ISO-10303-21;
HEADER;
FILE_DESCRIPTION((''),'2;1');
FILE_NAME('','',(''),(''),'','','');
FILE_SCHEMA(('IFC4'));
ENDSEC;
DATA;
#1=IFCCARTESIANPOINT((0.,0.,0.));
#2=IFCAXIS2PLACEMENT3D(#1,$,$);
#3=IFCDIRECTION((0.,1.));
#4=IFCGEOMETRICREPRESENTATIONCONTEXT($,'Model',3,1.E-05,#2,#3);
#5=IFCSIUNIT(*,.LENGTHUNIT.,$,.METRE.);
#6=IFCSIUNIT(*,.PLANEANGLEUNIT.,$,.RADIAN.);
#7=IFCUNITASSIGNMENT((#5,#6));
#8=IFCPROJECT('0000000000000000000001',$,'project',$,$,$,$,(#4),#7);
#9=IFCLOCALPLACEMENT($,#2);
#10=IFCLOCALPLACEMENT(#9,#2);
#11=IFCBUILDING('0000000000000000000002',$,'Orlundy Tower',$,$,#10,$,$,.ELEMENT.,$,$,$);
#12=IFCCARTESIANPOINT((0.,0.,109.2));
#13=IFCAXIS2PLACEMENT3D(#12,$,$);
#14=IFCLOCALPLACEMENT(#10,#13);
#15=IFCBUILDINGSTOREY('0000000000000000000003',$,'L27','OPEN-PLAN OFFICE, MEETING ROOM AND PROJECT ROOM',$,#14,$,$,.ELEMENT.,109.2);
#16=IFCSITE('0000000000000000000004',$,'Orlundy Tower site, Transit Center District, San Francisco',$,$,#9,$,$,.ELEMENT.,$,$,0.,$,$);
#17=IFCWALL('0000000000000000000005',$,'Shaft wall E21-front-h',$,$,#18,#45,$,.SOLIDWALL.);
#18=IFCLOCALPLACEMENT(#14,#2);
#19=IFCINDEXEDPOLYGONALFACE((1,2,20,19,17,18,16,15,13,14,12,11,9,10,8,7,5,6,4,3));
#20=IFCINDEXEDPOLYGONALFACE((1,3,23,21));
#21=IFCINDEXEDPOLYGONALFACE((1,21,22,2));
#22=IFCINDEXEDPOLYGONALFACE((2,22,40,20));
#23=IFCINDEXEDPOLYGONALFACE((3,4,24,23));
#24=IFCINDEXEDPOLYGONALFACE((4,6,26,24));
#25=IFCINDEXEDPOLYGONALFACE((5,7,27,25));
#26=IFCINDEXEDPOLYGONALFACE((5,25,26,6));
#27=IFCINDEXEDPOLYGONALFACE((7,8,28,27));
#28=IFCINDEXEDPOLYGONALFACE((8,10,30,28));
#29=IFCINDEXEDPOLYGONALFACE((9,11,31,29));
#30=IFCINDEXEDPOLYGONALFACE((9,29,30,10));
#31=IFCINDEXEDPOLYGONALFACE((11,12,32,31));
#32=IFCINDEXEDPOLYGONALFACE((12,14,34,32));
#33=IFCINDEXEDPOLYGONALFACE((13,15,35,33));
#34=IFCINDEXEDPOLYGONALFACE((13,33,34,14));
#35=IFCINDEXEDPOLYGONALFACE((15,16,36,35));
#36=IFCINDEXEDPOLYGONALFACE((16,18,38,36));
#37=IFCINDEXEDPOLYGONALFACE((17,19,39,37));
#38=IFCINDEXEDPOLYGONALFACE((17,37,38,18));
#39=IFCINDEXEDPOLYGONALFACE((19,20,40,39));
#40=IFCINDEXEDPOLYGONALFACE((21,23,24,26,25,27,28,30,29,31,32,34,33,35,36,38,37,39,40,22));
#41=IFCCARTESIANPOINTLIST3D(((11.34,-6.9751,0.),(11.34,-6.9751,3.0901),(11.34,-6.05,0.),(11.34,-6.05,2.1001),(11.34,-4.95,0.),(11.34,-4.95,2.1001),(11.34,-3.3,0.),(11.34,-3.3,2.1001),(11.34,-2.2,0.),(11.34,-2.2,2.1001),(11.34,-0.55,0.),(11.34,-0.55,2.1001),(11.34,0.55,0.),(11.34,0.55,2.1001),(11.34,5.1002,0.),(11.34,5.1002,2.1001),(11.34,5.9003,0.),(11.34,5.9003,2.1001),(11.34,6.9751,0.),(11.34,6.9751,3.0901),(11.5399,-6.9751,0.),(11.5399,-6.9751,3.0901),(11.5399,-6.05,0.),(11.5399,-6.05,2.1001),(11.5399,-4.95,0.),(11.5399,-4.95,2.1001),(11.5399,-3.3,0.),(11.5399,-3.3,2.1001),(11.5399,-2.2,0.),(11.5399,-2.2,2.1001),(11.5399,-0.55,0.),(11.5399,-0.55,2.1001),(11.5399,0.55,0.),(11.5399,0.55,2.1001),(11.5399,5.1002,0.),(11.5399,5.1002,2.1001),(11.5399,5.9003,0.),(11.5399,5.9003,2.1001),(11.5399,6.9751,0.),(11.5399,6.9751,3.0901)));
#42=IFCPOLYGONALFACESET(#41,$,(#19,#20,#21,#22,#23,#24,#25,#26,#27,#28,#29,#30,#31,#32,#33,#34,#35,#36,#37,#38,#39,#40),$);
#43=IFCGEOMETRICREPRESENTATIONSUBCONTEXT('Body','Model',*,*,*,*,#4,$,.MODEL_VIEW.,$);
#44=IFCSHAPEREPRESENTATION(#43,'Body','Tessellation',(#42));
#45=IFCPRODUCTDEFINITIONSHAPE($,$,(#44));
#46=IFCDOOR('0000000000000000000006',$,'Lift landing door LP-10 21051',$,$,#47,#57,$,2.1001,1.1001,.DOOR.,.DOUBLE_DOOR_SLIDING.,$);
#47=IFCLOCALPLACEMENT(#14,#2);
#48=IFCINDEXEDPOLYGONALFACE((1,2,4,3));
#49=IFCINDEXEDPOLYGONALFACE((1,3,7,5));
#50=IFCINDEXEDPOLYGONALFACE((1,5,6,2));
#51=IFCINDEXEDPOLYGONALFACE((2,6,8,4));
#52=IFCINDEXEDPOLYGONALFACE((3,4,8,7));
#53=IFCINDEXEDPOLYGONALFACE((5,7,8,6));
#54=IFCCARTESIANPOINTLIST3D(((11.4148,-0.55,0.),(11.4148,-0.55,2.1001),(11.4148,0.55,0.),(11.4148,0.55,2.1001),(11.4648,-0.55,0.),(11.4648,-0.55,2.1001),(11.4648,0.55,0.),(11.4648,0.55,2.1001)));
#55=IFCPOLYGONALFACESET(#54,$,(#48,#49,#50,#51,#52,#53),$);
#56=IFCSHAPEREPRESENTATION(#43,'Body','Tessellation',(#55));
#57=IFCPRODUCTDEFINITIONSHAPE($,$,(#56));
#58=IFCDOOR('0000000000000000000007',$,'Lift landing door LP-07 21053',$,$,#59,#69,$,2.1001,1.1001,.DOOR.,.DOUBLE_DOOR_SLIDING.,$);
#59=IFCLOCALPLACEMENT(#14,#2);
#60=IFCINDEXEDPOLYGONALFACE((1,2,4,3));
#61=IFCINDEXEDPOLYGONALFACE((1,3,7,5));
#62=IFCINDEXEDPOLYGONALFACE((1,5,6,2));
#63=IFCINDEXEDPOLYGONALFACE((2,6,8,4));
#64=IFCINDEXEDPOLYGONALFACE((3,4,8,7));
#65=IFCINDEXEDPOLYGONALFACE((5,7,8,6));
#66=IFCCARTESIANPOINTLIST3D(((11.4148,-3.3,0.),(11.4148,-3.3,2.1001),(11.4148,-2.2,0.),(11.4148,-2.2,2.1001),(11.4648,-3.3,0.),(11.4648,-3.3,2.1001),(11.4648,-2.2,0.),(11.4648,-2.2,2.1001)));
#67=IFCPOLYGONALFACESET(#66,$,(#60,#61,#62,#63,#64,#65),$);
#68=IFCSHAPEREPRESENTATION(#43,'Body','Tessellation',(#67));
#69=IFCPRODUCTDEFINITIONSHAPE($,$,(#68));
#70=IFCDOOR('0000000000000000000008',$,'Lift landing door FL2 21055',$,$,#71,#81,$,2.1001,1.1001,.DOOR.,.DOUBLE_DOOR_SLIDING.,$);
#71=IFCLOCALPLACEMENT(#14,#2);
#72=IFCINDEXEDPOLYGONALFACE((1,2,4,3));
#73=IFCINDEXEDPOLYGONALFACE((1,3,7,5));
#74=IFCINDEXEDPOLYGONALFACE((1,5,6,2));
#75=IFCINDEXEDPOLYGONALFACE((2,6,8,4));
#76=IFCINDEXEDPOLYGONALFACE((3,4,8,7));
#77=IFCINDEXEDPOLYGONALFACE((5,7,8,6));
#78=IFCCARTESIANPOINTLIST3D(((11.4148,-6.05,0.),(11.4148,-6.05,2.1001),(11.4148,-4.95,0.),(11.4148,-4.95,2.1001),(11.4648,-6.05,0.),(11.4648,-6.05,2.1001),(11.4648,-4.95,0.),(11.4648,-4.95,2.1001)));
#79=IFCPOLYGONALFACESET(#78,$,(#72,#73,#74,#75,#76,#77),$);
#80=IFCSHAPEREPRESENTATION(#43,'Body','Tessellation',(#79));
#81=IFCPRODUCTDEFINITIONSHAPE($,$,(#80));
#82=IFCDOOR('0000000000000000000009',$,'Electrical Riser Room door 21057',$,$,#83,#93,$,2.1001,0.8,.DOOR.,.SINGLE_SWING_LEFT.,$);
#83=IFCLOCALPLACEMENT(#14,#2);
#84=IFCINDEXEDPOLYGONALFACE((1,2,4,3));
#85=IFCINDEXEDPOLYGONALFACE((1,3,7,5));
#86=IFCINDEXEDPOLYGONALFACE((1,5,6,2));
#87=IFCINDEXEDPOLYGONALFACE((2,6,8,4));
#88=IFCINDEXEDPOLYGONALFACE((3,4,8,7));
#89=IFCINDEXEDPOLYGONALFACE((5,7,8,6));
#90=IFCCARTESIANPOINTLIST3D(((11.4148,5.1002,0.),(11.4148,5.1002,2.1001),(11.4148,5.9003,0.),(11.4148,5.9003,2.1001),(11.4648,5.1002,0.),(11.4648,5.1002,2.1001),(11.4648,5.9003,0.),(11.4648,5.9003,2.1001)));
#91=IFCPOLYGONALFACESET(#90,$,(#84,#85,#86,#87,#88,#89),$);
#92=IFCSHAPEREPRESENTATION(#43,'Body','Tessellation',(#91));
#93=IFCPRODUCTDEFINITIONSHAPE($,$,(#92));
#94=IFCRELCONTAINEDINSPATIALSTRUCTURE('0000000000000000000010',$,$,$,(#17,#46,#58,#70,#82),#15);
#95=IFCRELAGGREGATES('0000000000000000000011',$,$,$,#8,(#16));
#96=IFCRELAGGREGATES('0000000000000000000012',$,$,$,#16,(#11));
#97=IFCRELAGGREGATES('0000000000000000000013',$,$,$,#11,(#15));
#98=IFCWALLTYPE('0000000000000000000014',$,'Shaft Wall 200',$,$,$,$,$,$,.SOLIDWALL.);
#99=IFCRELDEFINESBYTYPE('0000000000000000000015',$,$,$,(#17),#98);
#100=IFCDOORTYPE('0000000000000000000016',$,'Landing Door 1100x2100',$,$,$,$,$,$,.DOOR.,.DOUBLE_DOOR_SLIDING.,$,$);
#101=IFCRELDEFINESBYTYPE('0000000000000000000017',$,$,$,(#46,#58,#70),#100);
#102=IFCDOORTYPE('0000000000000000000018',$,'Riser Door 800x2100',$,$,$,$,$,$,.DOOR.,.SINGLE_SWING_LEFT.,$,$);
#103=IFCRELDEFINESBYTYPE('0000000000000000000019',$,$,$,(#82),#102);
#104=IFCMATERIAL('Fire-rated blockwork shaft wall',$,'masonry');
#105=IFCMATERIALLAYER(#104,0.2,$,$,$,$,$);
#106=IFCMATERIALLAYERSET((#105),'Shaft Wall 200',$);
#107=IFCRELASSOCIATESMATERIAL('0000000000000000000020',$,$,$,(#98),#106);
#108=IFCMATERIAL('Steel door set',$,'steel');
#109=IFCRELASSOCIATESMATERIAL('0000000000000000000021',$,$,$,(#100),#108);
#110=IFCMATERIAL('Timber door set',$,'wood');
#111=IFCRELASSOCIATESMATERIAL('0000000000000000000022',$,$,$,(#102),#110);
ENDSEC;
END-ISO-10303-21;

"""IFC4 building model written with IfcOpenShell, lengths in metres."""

from ifc_helpers import new_model, si_unit, direction, frame, frame_2d, origin, place, context, subcontext, project, spatial, rectangle, extrude, material, layer, layer_set, type_object, element, fill, save


model = new_model("IFC4")

# Units and contexts
model_context = context("Model", 3, precision=1e-05, world=origin(), true_north=direction((0.0, 1.0)))
body_context = subcontext(model_context, "Body", "Model", "MODEL_VIEW")
ifc_project = project(units=[si_unit("LENGTHUNIT", "METRE"), si_unit("PLANEANGLEUNIT", "RADIAN")], contexts=[model_context])

# Site, building, storey
site_placement = place(None, origin())
site = spatial("IfcSite", under=ifc_project, at=site_placement, Name="Orlundy Tower site, Transit Center District, San Francisco", CompositionType="ELEMENT", RefElevation=0.0)
building_placement = place(site_placement, origin())
building = spatial("IfcBuilding", under=site, at=building_placement, Name="Orlundy Tower", CompositionType="ELEMENT")
storey_placement = place(building_placement, frame((0.0, 0.0, 109.2)))
storey = spatial("IfcBuildingStorey", under=building, at=storey_placement, Name="L27", Description="OPEN-PLAN OFFICE, MEETING ROOM AND PROJECT ROOM", CompositionType="ELEMENT", Elevation=109.2)

# Shared definitions
ifc_material_1 = material(Name="Fire-rated blockwork shaft wall", Category="masonry")
ifc_layer_1 = layer(ifc_material_1, 0.2)
ifc_layer_set_1 = layer_set([ifc_layer_1], Name="Shaft Wall 200")
wall_type_1 = type_object("IfcWallType", Name="Shaft Wall 200", PredefinedType="SOLIDWALL", material=ifc_layer_set_1)

# Wall, openings, doors
wall_1_placement = place(storey_placement, frame((11.4399, 6.9751, 0.0), z_axis=(0.0, 0.0, 1.0), x_axis=(0.0, -1.0, 0.0)))
wall_1 = element("IfcWall", 1, at=wall_1_placement, inside=storey, type_object=wall_type_1, Name="Shaft wall E21-front-h", PredefinedType="SOLIDWALL", context=body_context, shape_type="SweptSolid", body=[
    extrude(rectangle(XDim=13.9502, YDim=0.2, at=frame_2d((6.9751, 0.0))), origin(), (0.0, 0.0, 1.0), 3.0901),
])
opening_1_placement = place(wall_1_placement, frame((6.425, 0.0, 0.0)))
opening_1 = element("IfcOpeningElement", 2, at=opening_1_placement, cuts=wall_1, PredefinedType="OPENING", context=body_context, shape_type="SweptSolid", body=[
    extrude(rectangle(XDim=1.1001, YDim=2.1001, at=frame_2d((0.55, 1.05))), frame((0.0, 0.1101, 0.0), z_axis=(0.0, -1.0, 0.0), x_axis=(1.0, 0.0, 0.0)), (0.0, 0.0, 1.0), 0.2202),
])
opening_2_placement = place(wall_1_placement, frame((9.175, 0.0, 0.0)))
opening_2 = element("IfcOpeningElement", 3, at=opening_2_placement, cuts=wall_1, PredefinedType="OPENING", context=body_context, shape_type="SweptSolid", body=[
    extrude(rectangle(XDim=1.1001, YDim=2.1001, at=frame_2d((0.55, 1.05))), frame((0.0, 0.1101, 0.0), z_axis=(0.0, -1.0, 0.0), x_axis=(1.0, 0.0, 0.0)), (0.0, 0.0, 1.0), 0.2202),
])
opening_3_placement = place(wall_1_placement, frame((11.925, 0.0, 0.0)))
opening_3 = element("IfcOpeningElement", 4, at=opening_3_placement, cuts=wall_1, PredefinedType="OPENING", context=body_context, shape_type="SweptSolid", body=[
    extrude(rectangle(XDim=1.1001, YDim=2.1001, at=frame_2d((0.55, 1.05))), frame((0.0, 0.1101, 0.0), z_axis=(0.0, -1.0, 0.0), x_axis=(1.0, 0.0, 0.0)), (0.0, 0.0, 1.0), 0.2202),
])
opening_4_placement = place(wall_1_placement, frame((1.075, 0.0, 0.0)))
opening_4 = element("IfcOpeningElement", 5, at=opening_4_placement, cuts=wall_1, PredefinedType="OPENING", context=body_context, shape_type="SweptSolid", body=[
    extrude(rectangle(XDim=0.8, YDim=2.1001, at=frame_2d((0.3999, 1.05))), frame((0.0, 0.1101, 0.0), z_axis=(0.0, -1.0, 0.0), x_axis=(1.0, 0.0, 0.0)), (0.0, 0.0, 1.0), 0.2202),
])
ifc_material_2 = material(Name="Steel door set", Category="steel")
door_type_1 = type_object("IfcDoorType", Name="Landing Door 1100x2100", OperationType="DOUBLE_DOOR_SLIDING", PredefinedType="DOOR", material=ifc_material_2)
door_1_placement = place(opening_1_placement, origin())
door_1 = element("IfcDoor", 6, at=door_1_placement, inside=storey, type_object=door_type_1, Name="Lift landing door LP-10 21051", OperationType="DOUBLE_DOOR_SLIDING", OverallHeight=2.1001, OverallWidth=1.1001, PredefinedType="DOOR", context=body_context, shape_type="SweptSolid", body=[
    extrude(rectangle(XDim=1.1001, YDim=2.1001, at=frame_2d((0.55, 1.05))), frame((0.0, 0.0249, 0.0), z_axis=(0.0, -1.0, 0.0), x_axis=(1.0, 0.0, 0.0)), (0.0, 0.0, 1.0), 0.05),
])
fill(opening_1, door_1)
door_2_placement = place(opening_2_placement, origin())
door_2 = element("IfcDoor", 7, at=door_2_placement, inside=storey, type_object=door_type_1, Name="Lift landing door LP-07 21053", OperationType="DOUBLE_DOOR_SLIDING", OverallHeight=2.1001, OverallWidth=1.1001, PredefinedType="DOOR", context=body_context, shape_type="SweptSolid", body=[
    extrude(rectangle(XDim=1.1001, YDim=2.1001, at=frame_2d((0.55, 1.05))), frame((0.0, 0.0249, 0.0), z_axis=(0.0, -1.0, 0.0), x_axis=(1.0, 0.0, 0.0)), (0.0, 0.0, 1.0), 0.05),
])
fill(opening_2, door_2)
door_3_placement = place(opening_3_placement, origin())
door_3 = element("IfcDoor", 8, at=door_3_placement, inside=storey, type_object=door_type_1, Name="Lift landing door FL2 21055", OperationType="DOUBLE_DOOR_SLIDING", OverallHeight=2.1001, OverallWidth=1.1001, PredefinedType="DOOR", context=body_context, shape_type="SweptSolid", body=[
    extrude(rectangle(XDim=1.1001, YDim=2.1001, at=frame_2d((0.55, 1.05))), frame((0.0, 0.0249, 0.0), z_axis=(0.0, -1.0, 0.0), x_axis=(1.0, 0.0, 0.0)), (0.0, 0.0, 1.0), 0.05),
])
fill(opening_3, door_3)
ifc_material_3 = material(Name="Timber door set", Category="wood")
door_type_2 = type_object("IfcDoorType", Name="Riser Door 800x2100", OperationType="SINGLE_SWING_LEFT", PredefinedType="DOOR", material=ifc_material_3)
door_4_placement = place(opening_4_placement, origin())
door_4 = element("IfcDoor", 9, at=door_4_placement, inside=storey, type_object=door_type_2, Name="Electrical Riser Room door 21057", OperationType="SINGLE_SWING_LEFT", OverallHeight=2.1001, OverallWidth=0.8, PredefinedType="DOOR", context=body_context, shape_type="SweptSolid", body=[
    extrude(rectangle(XDim=0.8, YDim=2.1001, at=frame_2d((0.3999, 1.05))), frame((0.0, 0.0249, 0.0), z_axis=(0.0, -1.0, 0.0), x_axis=(1.0, 0.0, 0.0)), (0.0, 0.0, 1.0), 0.05),
])
fill(opening_4, door_4)

save(model, "model.ifc")
